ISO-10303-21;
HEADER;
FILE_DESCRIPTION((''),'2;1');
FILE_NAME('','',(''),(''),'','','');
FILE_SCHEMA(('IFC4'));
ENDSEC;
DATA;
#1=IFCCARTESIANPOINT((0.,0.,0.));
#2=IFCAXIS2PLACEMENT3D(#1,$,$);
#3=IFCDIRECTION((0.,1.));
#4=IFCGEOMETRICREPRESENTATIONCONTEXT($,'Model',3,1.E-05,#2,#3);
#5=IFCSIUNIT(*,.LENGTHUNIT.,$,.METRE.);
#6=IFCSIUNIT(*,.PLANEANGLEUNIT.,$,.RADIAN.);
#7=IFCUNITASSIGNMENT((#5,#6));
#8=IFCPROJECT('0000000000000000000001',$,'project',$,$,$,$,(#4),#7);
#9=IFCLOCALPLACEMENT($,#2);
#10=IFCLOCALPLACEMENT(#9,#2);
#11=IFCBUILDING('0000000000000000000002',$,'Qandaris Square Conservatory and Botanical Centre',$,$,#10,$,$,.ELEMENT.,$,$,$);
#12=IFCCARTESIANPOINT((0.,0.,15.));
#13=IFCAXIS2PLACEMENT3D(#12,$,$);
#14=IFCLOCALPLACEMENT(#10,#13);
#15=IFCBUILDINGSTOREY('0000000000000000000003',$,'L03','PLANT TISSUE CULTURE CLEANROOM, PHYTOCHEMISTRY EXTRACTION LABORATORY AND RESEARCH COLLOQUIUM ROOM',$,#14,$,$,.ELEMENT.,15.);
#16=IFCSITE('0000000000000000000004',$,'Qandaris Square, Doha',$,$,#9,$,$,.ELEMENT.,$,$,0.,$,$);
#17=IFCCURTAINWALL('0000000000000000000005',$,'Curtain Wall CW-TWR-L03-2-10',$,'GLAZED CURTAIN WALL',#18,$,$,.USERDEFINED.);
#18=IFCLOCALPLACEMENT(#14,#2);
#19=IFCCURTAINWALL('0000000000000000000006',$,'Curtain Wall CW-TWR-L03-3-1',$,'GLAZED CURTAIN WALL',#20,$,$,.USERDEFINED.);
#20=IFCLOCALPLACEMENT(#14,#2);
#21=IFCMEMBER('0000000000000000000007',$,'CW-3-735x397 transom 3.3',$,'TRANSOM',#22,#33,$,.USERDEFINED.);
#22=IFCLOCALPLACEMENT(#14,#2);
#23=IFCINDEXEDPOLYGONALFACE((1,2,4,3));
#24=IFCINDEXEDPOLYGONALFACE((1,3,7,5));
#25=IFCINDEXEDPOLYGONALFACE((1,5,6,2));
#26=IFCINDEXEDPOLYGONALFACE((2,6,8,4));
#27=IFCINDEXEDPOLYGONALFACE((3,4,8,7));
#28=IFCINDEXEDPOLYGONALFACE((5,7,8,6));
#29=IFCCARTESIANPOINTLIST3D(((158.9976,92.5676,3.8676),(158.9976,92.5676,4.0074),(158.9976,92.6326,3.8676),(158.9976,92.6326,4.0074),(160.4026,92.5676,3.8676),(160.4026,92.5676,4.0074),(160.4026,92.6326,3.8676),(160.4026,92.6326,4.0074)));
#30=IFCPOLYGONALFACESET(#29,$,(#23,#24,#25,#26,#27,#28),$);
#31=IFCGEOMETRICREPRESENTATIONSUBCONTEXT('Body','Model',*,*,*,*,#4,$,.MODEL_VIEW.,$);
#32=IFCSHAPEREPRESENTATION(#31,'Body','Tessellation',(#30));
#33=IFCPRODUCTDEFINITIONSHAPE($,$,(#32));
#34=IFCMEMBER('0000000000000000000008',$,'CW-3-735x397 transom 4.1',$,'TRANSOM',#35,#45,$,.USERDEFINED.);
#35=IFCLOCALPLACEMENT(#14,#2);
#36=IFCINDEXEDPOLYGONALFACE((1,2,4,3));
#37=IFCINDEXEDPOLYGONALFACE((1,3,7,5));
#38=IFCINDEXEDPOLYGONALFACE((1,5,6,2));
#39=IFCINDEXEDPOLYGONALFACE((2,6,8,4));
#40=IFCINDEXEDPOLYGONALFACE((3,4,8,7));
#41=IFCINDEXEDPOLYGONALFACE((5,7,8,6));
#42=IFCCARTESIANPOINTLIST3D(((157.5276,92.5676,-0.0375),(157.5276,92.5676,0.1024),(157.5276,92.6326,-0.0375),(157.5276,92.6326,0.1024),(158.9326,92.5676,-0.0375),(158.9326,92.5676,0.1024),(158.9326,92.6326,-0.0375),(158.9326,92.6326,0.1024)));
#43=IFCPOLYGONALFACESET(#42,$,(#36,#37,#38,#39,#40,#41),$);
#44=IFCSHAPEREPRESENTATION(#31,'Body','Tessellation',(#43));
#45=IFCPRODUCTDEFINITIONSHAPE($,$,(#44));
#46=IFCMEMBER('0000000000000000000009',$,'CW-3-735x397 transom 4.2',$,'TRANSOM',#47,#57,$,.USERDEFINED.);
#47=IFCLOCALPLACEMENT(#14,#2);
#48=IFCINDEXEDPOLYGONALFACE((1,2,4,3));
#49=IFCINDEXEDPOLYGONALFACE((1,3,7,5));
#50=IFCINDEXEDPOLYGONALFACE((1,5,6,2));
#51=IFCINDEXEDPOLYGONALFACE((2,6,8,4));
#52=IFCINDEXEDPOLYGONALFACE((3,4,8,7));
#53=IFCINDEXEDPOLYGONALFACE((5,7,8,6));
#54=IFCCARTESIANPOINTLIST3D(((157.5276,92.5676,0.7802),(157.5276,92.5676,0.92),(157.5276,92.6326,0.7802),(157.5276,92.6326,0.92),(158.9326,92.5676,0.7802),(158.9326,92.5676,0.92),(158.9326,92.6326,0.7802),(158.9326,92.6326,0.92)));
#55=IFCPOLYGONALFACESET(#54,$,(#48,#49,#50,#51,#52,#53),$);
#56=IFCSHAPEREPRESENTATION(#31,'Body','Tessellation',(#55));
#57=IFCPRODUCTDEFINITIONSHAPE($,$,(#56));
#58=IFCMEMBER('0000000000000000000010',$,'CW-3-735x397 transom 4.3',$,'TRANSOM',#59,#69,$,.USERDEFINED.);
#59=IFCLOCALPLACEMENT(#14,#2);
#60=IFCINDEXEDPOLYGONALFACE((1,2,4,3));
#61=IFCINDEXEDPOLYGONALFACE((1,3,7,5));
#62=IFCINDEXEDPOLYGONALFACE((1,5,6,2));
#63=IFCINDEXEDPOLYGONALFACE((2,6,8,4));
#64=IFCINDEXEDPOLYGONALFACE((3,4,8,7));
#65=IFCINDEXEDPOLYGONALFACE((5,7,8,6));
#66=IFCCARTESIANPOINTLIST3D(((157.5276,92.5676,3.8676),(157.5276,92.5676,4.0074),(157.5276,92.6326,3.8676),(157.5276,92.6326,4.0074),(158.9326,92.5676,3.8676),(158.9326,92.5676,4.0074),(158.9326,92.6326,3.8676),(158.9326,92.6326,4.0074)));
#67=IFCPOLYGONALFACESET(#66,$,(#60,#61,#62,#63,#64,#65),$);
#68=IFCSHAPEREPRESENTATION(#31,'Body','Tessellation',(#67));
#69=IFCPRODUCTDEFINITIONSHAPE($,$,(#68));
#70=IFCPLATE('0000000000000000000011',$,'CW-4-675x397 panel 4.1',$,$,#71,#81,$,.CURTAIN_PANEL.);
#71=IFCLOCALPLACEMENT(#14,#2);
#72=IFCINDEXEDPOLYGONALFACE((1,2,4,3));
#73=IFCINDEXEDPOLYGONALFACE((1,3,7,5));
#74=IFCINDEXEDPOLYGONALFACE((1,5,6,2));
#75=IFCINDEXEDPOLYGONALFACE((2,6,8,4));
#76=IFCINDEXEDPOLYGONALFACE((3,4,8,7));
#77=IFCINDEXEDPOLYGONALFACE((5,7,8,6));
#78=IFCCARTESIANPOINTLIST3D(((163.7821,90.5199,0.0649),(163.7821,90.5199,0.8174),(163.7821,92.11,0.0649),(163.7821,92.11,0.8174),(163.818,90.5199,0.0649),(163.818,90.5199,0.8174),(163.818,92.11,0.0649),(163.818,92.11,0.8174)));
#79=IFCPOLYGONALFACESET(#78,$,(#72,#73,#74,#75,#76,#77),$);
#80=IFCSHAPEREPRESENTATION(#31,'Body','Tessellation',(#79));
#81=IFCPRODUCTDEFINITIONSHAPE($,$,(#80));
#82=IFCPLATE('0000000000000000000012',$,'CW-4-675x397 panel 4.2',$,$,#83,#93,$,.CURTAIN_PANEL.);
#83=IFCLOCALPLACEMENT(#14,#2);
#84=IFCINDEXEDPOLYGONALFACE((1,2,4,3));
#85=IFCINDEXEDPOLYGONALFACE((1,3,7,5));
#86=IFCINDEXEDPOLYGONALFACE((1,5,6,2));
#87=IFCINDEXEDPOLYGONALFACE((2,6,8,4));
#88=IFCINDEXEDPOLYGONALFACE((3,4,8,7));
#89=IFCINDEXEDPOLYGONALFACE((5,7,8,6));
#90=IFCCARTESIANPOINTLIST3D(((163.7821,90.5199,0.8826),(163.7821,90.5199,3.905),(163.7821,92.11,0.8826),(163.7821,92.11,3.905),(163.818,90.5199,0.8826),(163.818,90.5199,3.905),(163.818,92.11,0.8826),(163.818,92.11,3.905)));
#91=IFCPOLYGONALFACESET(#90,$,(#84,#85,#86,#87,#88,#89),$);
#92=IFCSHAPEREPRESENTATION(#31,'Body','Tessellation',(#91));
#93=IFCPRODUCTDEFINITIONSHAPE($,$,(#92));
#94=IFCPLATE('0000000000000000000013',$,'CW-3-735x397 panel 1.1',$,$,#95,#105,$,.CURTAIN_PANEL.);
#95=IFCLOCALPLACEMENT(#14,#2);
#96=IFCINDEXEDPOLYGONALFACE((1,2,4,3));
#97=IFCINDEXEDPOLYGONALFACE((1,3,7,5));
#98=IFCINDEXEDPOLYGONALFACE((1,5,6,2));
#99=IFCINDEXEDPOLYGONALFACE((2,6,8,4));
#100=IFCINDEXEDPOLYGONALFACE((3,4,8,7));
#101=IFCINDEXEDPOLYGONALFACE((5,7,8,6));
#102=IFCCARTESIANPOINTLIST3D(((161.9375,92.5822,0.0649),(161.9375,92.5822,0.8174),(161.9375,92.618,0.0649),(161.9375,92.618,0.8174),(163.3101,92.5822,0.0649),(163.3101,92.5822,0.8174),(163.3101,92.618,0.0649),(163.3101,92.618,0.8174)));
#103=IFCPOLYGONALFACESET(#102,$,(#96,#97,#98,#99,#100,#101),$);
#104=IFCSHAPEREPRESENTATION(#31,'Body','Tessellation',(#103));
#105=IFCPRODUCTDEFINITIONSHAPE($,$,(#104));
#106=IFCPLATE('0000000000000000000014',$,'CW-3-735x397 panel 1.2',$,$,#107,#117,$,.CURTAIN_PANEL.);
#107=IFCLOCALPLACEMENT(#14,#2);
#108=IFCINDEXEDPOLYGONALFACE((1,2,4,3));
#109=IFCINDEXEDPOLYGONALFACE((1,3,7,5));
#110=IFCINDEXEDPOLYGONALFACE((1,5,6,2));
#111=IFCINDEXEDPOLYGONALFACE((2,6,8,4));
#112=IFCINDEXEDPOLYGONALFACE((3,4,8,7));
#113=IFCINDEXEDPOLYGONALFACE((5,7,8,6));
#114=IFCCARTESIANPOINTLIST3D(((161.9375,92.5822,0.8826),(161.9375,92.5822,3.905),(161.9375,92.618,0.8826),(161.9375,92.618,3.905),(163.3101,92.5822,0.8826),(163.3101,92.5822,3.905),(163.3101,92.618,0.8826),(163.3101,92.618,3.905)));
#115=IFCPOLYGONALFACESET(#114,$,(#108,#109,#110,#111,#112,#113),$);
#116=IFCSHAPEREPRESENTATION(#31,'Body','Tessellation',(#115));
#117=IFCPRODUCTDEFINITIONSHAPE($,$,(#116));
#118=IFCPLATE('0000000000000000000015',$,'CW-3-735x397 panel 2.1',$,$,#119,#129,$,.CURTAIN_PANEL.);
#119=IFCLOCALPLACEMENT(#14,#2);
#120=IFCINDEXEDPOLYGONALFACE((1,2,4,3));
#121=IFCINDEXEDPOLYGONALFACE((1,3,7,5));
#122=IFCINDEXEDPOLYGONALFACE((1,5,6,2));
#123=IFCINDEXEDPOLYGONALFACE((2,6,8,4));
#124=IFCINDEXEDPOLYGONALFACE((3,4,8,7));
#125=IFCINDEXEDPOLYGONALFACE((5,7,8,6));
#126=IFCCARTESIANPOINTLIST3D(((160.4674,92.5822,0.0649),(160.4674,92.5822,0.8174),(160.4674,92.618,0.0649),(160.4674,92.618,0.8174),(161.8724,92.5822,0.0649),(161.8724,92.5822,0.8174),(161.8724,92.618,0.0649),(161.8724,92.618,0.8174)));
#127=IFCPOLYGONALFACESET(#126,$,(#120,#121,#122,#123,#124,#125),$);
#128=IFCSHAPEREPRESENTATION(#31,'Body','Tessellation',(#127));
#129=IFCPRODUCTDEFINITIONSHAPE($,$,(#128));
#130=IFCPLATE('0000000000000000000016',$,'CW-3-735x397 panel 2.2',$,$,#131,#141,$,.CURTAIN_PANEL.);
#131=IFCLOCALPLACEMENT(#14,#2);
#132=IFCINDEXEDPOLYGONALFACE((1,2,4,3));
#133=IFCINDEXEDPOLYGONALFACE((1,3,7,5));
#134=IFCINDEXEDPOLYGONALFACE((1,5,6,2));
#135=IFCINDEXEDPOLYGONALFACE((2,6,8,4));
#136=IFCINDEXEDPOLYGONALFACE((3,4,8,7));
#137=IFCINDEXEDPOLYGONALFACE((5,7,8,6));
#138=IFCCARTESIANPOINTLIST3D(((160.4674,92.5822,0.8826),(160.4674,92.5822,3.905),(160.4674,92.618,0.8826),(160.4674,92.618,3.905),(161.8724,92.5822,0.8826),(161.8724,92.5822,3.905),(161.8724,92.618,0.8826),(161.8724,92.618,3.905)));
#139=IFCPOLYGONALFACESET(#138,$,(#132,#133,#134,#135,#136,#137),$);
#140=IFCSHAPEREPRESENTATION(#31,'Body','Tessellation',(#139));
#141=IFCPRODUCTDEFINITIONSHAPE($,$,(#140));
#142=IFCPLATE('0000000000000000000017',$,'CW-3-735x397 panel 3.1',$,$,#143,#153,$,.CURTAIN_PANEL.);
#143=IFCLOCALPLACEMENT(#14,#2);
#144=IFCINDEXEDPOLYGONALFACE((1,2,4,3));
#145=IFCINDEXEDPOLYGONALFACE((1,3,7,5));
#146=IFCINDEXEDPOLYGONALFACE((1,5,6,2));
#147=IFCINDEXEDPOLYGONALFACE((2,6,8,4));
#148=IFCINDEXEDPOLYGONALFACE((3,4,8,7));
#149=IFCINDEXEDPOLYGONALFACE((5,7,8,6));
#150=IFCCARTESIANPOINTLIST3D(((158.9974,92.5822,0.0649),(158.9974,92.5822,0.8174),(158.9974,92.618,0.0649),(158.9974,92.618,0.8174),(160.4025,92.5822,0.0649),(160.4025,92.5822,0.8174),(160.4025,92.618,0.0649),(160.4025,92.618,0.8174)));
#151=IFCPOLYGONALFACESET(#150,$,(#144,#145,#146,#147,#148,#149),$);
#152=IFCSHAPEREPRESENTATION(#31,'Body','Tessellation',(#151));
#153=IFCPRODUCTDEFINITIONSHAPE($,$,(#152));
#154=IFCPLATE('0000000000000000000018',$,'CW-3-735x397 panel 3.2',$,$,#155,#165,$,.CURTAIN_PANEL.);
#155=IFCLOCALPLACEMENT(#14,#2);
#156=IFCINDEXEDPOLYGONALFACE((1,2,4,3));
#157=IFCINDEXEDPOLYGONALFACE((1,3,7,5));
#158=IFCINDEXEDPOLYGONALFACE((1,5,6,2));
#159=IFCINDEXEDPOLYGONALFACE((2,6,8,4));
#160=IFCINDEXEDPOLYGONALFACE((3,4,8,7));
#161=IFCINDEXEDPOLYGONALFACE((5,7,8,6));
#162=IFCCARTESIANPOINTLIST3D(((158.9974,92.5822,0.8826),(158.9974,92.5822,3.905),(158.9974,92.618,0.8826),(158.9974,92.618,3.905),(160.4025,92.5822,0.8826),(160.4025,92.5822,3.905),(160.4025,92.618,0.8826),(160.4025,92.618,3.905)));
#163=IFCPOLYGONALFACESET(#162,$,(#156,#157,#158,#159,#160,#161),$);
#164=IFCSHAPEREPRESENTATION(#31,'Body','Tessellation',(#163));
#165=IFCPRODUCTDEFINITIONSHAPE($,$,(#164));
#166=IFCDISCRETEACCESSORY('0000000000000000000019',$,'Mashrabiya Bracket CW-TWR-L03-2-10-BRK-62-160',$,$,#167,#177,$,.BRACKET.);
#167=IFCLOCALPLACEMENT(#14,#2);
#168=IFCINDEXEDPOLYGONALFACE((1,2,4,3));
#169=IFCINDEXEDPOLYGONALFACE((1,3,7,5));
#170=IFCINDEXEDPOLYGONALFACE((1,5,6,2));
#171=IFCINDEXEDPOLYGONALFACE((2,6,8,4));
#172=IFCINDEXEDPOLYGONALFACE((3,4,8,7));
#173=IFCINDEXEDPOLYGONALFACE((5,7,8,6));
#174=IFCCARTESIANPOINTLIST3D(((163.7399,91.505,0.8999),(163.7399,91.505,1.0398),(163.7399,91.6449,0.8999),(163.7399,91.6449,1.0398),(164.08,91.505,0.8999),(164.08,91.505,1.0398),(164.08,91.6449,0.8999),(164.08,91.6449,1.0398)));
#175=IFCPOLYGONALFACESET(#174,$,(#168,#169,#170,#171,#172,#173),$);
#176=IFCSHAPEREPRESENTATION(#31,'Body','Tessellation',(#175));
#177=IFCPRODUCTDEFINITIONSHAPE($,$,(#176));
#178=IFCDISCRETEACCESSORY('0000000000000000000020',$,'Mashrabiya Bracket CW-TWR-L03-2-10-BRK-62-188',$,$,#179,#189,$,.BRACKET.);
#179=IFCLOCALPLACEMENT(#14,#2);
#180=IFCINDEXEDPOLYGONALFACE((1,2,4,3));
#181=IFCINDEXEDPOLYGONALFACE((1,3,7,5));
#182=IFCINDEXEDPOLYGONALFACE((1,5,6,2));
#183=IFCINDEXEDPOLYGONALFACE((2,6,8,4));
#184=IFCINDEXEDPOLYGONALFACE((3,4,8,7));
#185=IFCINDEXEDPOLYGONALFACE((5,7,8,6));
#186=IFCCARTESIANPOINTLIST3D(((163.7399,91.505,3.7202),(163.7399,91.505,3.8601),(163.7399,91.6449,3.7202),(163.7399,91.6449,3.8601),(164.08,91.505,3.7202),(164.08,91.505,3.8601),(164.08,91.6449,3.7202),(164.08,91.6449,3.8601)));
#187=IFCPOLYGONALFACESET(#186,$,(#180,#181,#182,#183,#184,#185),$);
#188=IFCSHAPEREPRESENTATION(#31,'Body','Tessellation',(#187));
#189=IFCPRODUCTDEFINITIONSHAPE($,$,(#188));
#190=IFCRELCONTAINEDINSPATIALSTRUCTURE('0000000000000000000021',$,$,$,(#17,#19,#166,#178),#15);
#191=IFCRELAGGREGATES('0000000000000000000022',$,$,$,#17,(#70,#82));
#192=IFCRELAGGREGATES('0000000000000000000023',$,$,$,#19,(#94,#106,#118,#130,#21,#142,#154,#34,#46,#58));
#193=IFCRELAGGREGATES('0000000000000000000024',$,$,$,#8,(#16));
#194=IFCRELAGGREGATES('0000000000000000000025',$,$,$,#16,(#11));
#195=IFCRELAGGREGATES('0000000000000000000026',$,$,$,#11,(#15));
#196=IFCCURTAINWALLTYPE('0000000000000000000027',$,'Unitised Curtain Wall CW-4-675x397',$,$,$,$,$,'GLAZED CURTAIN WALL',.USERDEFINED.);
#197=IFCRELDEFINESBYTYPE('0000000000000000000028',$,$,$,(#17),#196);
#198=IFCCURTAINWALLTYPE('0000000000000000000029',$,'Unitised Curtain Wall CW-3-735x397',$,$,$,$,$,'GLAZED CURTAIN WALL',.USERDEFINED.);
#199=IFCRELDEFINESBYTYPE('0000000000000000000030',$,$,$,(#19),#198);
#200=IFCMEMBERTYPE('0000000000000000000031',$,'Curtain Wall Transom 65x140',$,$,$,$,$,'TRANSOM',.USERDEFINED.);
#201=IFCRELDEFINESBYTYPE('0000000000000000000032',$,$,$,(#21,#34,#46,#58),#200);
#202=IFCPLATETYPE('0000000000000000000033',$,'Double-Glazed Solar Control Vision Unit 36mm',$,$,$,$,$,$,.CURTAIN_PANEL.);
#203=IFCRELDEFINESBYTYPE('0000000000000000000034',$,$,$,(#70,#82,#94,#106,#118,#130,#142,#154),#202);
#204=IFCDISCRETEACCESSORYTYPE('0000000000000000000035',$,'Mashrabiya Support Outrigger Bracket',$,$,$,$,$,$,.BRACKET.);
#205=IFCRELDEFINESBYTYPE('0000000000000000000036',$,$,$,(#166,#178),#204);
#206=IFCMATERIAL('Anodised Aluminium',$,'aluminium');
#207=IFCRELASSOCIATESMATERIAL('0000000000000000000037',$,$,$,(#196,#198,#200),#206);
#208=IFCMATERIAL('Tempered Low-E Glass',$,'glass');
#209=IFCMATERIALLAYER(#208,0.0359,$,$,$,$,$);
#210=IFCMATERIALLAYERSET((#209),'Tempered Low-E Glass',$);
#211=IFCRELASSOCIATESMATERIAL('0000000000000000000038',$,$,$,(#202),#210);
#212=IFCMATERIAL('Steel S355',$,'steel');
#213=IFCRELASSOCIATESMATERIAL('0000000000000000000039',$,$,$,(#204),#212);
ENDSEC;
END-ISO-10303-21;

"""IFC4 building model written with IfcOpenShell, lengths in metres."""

from ifc_helpers import new_model, si_unit, direction, frame, origin, origin_2d, place, context, subcontext, project, spatial, rectangle, extrude, material, layer, layer_set, material_profile, profile_set, type_object, element, aggregate, save


model = new_model("IFC4")

# Units and contexts
model_context = context("Model", 3, precision=1e-05, world=origin(), true_north=direction((0.0, 1.0)))
body_context = subcontext(model_context, "Body", "Model", "MODEL_VIEW")
ifc_project = project(units=[si_unit("LENGTHUNIT", "METRE"), si_unit("PLANEANGLEUNIT", "RADIAN")], contexts=[model_context])

# Site, building, storey
site_placement = place(None, origin())
site = spatial("IfcSite", under=ifc_project, at=site_placement, Name="Qandaris Square, Doha", CompositionType="ELEMENT", RefElevation=0.0)
building_placement = place(site_placement, origin())
building = spatial("IfcBuilding", under=site, at=building_placement, Name="Qandaris Square Conservatory and Botanical Centre", CompositionType="ELEMENT")
storey_placement = place(building_placement, frame((0.0, 0.0, 15.0)))
storey = spatial("IfcBuildingStorey", under=building, at=storey_placement, Name="L03", Description="PLANT TISSUE CULTURE CLEANROOM, PHYTOCHEMISTRY EXTRACTION LABORATORY AND RESEARCH COLLOQUIUM ROOM", CompositionType="ELEMENT", Elevation=15.0)

# Curtain wall
ifc_material_1 = material(Name="Anodised Aluminium", Category="aluminium")
curtain_wall_type_1 = type_object("IfcCurtainWallType", Name="Unitised Curtain Wall CW-4-675x397", ElementType="GLAZED CURTAIN WALL", PredefinedType="USERDEFINED", material=ifc_material_1)
curtain_wall_1_placement = place(storey_placement, origin())
curtain_wall_1 = element("IfcCurtainWall", 1, at=curtain_wall_1_placement, inside=storey, type_object=curtain_wall_type_1, Name="Curtain Wall CW-TWR-L03-2-10", ObjectType="GLAZED CURTAIN WALL", PredefinedType="USERDEFINED")

# Curtain wall, members
curtain_wall_type_2 = type_object("IfcCurtainWallType", Name="Unitised Curtain Wall CW-3-735x397", ElementType="GLAZED CURTAIN WALL", PredefinedType="USERDEFINED", material=ifc_material_1)
curtain_wall_2_placement = place(storey_placement, origin())
curtain_wall_2 = element("IfcCurtainWall", 2, at=curtain_wall_2_placement, inside=storey, type_object=curtain_wall_type_2, Name="Curtain Wall CW-TWR-L03-3-1", ObjectType="GLAZED CURTAIN WALL", PredefinedType="USERDEFINED")
ifc_material_profile_1 = material_profile(ifc_material_1, rectangle(XDim=0.0649, YDim=0.1399, at=origin_2d()), Name="ALU-TRN 65x140")
ifc_profile_set_1 = profile_set([ifc_material_profile_1], Name="Anodised Aluminium")
member_type_1 = type_object("IfcMemberType", Name="Curtain Wall Transom 65x140", ElementType="TRANSOM", PredefinedType="USERDEFINED", material=ifc_profile_set_1)
member_1_placement = place(storey_placement, frame((160.4026, 92.6001, 3.9375), z_axis=(-1.0, 0.0, 0.0), x_axis=(0.0, -1.0, 0.0)))
member_1 = element("IfcMember", 3, at=member_1_placement, type_object=member_type_1, Name="CW-3-735x397 transom 3.3", ObjectType="TRANSOM", PredefinedType="USERDEFINED", context=body_context, shape_type="SweptSolid", body=[
    extrude(rectangle(XDim=0.0649, YDim=0.1399, at=origin_2d()), origin(), (0.0, 0.0, 1.0), 1.405),
])
member_2_placement = place(storey_placement, frame((158.9326, 92.6001, 0.0325), z_axis=(-1.0, 0.0, 0.0), x_axis=(0.0, -1.0, 0.0)))
member_2 = element("IfcMember", 4, at=member_2_placement, type_object=member_type_1, Name="CW-3-735x397 transom 4.1", ObjectType="TRANSOM", PredefinedType="USERDEFINED", context=body_context, shape_type="SweptSolid", body=[
    extrude(rectangle(XDim=0.0649, YDim=0.1399, at=origin_2d()), origin(), (0.0, 0.0, 1.0), 1.405),
])
member_3_placement = place(storey_placement, frame((158.9326, 92.6001, 0.8501), z_axis=(-1.0, 0.0, 0.0), x_axis=(0.0, -1.0, 0.0)))
member_3 = element("IfcMember", 5, at=member_3_placement, type_object=member_type_1, Name="CW-3-735x397 transom 4.2", ObjectType="TRANSOM", PredefinedType="USERDEFINED", context=body_context, shape_type="SweptSolid", body=[
    extrude(rectangle(XDim=0.0649, YDim=0.1399, at=origin_2d()), origin(), (0.0, 0.0, 1.0), 1.405),
])
member_4_placement = place(storey_placement, frame((158.9326, 92.6001, 3.9375), z_axis=(-1.0, 0.0, 0.0), x_axis=(0.0, -1.0, 0.0)))
member_4 = element("IfcMember", 6, at=member_4_placement, type_object=member_type_1, Name="CW-3-735x397 transom 4.3", ObjectType="TRANSOM", PredefinedType="USERDEFINED", context=body_context, shape_type="SweptSolid", body=[
    extrude(rectangle(XDim=0.0649, YDim=0.1399, at=origin_2d()), origin(), (0.0, 0.0, 1.0), 1.405),
])

# Plates
ifc_material_2 = material(Name="Tempered Low-E Glass", Category="glass")
ifc_layer = layer(ifc_material_2, 0.0359)
ifc_layer_set = layer_set([ifc_layer], Name="Tempered Low-E Glass")
plate_type = type_object("IfcPlateType", Name="Double-Glazed Solar Control Vision Unit 36mm", PredefinedType="CURTAIN_PANEL", material=ifc_layer_set)
plate_1_placement = place(storey_placement, frame((163.8, 91.3149, 0.0649), z_axis=(0.0, 0.0, 1.0), x_axis=(0.0, 1.0, 0.0)))
plate_1 = element("IfcPlate", 7, at=plate_1_placement, type_object=plate_type, Name="CW-4-675x397 panel 4.1", PredefinedType="CURTAIN_PANEL", context=body_context, shape_type="SweptSolid", body=[
    extrude(rectangle(XDim=1.5901, YDim=0.0359, at=origin_2d()), origin(), (0.0, 0.0, 1.0), 0.7524),
])
plate_2_placement = place(storey_placement, frame((163.8, 91.3149, 0.8826), z_axis=(0.0, 0.0, 1.0), x_axis=(0.0, 1.0, 0.0)))
plate_2 = element("IfcPlate", 8, at=plate_2_placement, type_object=plate_type, Name="CW-4-675x397 panel 4.2", PredefinedType="CURTAIN_PANEL", context=body_context, shape_type="SweptSolid", body=[
    extrude(rectangle(XDim=1.5901, YDim=0.0359, at=origin_2d()), origin(), (0.0, 0.0, 1.0), 3.0225),
])
aggregate(curtain_wall_1, [plate_1, plate_2])
plate_3_placement = place(storey_placement, frame((162.6238, 92.6001, 0.0649), z_axis=(0.0, 0.0, 1.0), x_axis=(-1.0, 0.0, 0.0)))
plate_3 = element("IfcPlate", 9, at=plate_3_placement, type_object=plate_type, Name="CW-3-735x397 panel 1.1", PredefinedType="CURTAIN_PANEL", context=body_context, shape_type="SweptSolid", body=[
    extrude(rectangle(XDim=1.3726, YDim=0.0359, at=origin_2d()), origin(), (0.0, 0.0, 1.0), 0.7524),
])
plate_4_placement = place(storey_placement, frame((162.6238, 92.6001, 0.8826), z_axis=(0.0, 0.0, 1.0), x_axis=(-1.0, 0.0, 0.0)))
plate_4 = element("IfcPlate", 10, at=plate_4_placement, type_object=plate_type, Name="CW-3-735x397 panel 1.2", PredefinedType="CURTAIN_PANEL", context=body_context, shape_type="SweptSolid", body=[
    extrude(rectangle(XDim=1.3726, YDim=0.0359, at=origin_2d()), origin(), (0.0, 0.0, 1.0), 3.0225),
])
plate_5_placement = place(storey_placement, frame((161.1699, 92.6001, 0.0649), z_axis=(0.0, 0.0, 1.0), x_axis=(-1.0, 0.0, 0.0)))
plate_5 = element("IfcPlate", 11, at=plate_5_placement, type_object=plate_type, Name="CW-3-735x397 panel 2.1", PredefinedType="CURTAIN_PANEL", context=body_context, shape_type="SweptSolid", body=[
    extrude(rectangle(XDim=1.405, YDim=0.0359, at=origin_2d()), origin(), (0.0, 0.0, 1.0), 0.7524),
])
plate_6_placement = place(storey_placement, frame((161.1699, 92.6001, 0.8826), z_axis=(0.0, 0.0, 1.0), x_axis=(-1.0, 0.0, 0.0)))
plate_6 = element("IfcPlate", 12, at=plate_6_placement, type_object=plate_type, Name="CW-3-735x397 panel 2.2", PredefinedType="CURTAIN_PANEL", context=body_context, shape_type="SweptSolid", body=[
    extrude(rectangle(XDim=1.405, YDim=0.0359, at=origin_2d()), origin(), (0.0, 0.0, 1.0), 3.0225),
])
plate_7_placement = place(storey_placement, frame((159.7, 92.6001, 0.0649), z_axis=(0.0, 0.0, 1.0), x_axis=(-1.0, 0.0, 0.0)))
plate_7 = element("IfcPlate", 13, at=plate_7_placement, type_object=plate_type, Name="CW-3-735x397 panel 3.1", PredefinedType="CURTAIN_PANEL", context=body_context, shape_type="SweptSolid", body=[
    extrude(rectangle(XDim=1.405, YDim=0.0359, at=origin_2d()), origin(), (0.0, 0.0, 1.0), 0.7524),
])
plate_8_placement = place(storey_placement, frame((159.7, 92.6001, 0.8826), z_axis=(0.0, 0.0, 1.0), x_axis=(-1.0, 0.0, 0.0)))
plate_8 = element("IfcPlate", 14, at=plate_8_placement, type_object=plate_type, Name="CW-3-735x397 panel 3.2", PredefinedType="CURTAIN_PANEL", context=body_context, shape_type="SweptSolid", body=[
    extrude(rectangle(XDim=1.405, YDim=0.0359, at=origin_2d()), origin(), (0.0, 0.0, 1.0), 3.0225),
])
aggregate(curtain_wall_2, [plate_3, plate_4, plate_5, plate_6, member_1, plate_7, plate_8, member_2, member_3, member_4])

# Discrete accessories
ifc_material_3 = material(Name="Steel S355", Category="steel")
discrete_accessory_type = type_object("IfcDiscreteAccessoryType", Name="Mashrabiya Support Outrigger Bracket", PredefinedType="BRACKET", material=ifc_material_3)
for number, where, z_axis, x_axis, name in (
    (15, (163.9099, 91.575, 0.8999), (0.0, 0.0, 1.0), (0.0, 1.0, 0.0), "Mashrabiya Bracket CW-TWR-L03-2-10-BRK-62-160"),
    (16, (163.9099, 91.575, 3.7202), (0.0, 0.0, 1.0), (0.0, 1.0, 0.0), "Mashrabiya Bracket CW-TWR-L03-2-10-BRK-62-188"),
):
    element("IfcDiscreteAccessory", number, at=place(storey_placement, frame(where, z_axis=z_axis, x_axis=x_axis)), inside=storey, type_object=discrete_accessory_type, Name=name, PredefinedType="BRACKET", context=body_context, shape_type="SweptSolid", body=[
        extrude(rectangle(XDim=0.1399, YDim=0.3401, at=origin_2d()), origin(), (0.0, 0.0, 1.0), 0.1399),
    ])

save(model, "model.ifc")
